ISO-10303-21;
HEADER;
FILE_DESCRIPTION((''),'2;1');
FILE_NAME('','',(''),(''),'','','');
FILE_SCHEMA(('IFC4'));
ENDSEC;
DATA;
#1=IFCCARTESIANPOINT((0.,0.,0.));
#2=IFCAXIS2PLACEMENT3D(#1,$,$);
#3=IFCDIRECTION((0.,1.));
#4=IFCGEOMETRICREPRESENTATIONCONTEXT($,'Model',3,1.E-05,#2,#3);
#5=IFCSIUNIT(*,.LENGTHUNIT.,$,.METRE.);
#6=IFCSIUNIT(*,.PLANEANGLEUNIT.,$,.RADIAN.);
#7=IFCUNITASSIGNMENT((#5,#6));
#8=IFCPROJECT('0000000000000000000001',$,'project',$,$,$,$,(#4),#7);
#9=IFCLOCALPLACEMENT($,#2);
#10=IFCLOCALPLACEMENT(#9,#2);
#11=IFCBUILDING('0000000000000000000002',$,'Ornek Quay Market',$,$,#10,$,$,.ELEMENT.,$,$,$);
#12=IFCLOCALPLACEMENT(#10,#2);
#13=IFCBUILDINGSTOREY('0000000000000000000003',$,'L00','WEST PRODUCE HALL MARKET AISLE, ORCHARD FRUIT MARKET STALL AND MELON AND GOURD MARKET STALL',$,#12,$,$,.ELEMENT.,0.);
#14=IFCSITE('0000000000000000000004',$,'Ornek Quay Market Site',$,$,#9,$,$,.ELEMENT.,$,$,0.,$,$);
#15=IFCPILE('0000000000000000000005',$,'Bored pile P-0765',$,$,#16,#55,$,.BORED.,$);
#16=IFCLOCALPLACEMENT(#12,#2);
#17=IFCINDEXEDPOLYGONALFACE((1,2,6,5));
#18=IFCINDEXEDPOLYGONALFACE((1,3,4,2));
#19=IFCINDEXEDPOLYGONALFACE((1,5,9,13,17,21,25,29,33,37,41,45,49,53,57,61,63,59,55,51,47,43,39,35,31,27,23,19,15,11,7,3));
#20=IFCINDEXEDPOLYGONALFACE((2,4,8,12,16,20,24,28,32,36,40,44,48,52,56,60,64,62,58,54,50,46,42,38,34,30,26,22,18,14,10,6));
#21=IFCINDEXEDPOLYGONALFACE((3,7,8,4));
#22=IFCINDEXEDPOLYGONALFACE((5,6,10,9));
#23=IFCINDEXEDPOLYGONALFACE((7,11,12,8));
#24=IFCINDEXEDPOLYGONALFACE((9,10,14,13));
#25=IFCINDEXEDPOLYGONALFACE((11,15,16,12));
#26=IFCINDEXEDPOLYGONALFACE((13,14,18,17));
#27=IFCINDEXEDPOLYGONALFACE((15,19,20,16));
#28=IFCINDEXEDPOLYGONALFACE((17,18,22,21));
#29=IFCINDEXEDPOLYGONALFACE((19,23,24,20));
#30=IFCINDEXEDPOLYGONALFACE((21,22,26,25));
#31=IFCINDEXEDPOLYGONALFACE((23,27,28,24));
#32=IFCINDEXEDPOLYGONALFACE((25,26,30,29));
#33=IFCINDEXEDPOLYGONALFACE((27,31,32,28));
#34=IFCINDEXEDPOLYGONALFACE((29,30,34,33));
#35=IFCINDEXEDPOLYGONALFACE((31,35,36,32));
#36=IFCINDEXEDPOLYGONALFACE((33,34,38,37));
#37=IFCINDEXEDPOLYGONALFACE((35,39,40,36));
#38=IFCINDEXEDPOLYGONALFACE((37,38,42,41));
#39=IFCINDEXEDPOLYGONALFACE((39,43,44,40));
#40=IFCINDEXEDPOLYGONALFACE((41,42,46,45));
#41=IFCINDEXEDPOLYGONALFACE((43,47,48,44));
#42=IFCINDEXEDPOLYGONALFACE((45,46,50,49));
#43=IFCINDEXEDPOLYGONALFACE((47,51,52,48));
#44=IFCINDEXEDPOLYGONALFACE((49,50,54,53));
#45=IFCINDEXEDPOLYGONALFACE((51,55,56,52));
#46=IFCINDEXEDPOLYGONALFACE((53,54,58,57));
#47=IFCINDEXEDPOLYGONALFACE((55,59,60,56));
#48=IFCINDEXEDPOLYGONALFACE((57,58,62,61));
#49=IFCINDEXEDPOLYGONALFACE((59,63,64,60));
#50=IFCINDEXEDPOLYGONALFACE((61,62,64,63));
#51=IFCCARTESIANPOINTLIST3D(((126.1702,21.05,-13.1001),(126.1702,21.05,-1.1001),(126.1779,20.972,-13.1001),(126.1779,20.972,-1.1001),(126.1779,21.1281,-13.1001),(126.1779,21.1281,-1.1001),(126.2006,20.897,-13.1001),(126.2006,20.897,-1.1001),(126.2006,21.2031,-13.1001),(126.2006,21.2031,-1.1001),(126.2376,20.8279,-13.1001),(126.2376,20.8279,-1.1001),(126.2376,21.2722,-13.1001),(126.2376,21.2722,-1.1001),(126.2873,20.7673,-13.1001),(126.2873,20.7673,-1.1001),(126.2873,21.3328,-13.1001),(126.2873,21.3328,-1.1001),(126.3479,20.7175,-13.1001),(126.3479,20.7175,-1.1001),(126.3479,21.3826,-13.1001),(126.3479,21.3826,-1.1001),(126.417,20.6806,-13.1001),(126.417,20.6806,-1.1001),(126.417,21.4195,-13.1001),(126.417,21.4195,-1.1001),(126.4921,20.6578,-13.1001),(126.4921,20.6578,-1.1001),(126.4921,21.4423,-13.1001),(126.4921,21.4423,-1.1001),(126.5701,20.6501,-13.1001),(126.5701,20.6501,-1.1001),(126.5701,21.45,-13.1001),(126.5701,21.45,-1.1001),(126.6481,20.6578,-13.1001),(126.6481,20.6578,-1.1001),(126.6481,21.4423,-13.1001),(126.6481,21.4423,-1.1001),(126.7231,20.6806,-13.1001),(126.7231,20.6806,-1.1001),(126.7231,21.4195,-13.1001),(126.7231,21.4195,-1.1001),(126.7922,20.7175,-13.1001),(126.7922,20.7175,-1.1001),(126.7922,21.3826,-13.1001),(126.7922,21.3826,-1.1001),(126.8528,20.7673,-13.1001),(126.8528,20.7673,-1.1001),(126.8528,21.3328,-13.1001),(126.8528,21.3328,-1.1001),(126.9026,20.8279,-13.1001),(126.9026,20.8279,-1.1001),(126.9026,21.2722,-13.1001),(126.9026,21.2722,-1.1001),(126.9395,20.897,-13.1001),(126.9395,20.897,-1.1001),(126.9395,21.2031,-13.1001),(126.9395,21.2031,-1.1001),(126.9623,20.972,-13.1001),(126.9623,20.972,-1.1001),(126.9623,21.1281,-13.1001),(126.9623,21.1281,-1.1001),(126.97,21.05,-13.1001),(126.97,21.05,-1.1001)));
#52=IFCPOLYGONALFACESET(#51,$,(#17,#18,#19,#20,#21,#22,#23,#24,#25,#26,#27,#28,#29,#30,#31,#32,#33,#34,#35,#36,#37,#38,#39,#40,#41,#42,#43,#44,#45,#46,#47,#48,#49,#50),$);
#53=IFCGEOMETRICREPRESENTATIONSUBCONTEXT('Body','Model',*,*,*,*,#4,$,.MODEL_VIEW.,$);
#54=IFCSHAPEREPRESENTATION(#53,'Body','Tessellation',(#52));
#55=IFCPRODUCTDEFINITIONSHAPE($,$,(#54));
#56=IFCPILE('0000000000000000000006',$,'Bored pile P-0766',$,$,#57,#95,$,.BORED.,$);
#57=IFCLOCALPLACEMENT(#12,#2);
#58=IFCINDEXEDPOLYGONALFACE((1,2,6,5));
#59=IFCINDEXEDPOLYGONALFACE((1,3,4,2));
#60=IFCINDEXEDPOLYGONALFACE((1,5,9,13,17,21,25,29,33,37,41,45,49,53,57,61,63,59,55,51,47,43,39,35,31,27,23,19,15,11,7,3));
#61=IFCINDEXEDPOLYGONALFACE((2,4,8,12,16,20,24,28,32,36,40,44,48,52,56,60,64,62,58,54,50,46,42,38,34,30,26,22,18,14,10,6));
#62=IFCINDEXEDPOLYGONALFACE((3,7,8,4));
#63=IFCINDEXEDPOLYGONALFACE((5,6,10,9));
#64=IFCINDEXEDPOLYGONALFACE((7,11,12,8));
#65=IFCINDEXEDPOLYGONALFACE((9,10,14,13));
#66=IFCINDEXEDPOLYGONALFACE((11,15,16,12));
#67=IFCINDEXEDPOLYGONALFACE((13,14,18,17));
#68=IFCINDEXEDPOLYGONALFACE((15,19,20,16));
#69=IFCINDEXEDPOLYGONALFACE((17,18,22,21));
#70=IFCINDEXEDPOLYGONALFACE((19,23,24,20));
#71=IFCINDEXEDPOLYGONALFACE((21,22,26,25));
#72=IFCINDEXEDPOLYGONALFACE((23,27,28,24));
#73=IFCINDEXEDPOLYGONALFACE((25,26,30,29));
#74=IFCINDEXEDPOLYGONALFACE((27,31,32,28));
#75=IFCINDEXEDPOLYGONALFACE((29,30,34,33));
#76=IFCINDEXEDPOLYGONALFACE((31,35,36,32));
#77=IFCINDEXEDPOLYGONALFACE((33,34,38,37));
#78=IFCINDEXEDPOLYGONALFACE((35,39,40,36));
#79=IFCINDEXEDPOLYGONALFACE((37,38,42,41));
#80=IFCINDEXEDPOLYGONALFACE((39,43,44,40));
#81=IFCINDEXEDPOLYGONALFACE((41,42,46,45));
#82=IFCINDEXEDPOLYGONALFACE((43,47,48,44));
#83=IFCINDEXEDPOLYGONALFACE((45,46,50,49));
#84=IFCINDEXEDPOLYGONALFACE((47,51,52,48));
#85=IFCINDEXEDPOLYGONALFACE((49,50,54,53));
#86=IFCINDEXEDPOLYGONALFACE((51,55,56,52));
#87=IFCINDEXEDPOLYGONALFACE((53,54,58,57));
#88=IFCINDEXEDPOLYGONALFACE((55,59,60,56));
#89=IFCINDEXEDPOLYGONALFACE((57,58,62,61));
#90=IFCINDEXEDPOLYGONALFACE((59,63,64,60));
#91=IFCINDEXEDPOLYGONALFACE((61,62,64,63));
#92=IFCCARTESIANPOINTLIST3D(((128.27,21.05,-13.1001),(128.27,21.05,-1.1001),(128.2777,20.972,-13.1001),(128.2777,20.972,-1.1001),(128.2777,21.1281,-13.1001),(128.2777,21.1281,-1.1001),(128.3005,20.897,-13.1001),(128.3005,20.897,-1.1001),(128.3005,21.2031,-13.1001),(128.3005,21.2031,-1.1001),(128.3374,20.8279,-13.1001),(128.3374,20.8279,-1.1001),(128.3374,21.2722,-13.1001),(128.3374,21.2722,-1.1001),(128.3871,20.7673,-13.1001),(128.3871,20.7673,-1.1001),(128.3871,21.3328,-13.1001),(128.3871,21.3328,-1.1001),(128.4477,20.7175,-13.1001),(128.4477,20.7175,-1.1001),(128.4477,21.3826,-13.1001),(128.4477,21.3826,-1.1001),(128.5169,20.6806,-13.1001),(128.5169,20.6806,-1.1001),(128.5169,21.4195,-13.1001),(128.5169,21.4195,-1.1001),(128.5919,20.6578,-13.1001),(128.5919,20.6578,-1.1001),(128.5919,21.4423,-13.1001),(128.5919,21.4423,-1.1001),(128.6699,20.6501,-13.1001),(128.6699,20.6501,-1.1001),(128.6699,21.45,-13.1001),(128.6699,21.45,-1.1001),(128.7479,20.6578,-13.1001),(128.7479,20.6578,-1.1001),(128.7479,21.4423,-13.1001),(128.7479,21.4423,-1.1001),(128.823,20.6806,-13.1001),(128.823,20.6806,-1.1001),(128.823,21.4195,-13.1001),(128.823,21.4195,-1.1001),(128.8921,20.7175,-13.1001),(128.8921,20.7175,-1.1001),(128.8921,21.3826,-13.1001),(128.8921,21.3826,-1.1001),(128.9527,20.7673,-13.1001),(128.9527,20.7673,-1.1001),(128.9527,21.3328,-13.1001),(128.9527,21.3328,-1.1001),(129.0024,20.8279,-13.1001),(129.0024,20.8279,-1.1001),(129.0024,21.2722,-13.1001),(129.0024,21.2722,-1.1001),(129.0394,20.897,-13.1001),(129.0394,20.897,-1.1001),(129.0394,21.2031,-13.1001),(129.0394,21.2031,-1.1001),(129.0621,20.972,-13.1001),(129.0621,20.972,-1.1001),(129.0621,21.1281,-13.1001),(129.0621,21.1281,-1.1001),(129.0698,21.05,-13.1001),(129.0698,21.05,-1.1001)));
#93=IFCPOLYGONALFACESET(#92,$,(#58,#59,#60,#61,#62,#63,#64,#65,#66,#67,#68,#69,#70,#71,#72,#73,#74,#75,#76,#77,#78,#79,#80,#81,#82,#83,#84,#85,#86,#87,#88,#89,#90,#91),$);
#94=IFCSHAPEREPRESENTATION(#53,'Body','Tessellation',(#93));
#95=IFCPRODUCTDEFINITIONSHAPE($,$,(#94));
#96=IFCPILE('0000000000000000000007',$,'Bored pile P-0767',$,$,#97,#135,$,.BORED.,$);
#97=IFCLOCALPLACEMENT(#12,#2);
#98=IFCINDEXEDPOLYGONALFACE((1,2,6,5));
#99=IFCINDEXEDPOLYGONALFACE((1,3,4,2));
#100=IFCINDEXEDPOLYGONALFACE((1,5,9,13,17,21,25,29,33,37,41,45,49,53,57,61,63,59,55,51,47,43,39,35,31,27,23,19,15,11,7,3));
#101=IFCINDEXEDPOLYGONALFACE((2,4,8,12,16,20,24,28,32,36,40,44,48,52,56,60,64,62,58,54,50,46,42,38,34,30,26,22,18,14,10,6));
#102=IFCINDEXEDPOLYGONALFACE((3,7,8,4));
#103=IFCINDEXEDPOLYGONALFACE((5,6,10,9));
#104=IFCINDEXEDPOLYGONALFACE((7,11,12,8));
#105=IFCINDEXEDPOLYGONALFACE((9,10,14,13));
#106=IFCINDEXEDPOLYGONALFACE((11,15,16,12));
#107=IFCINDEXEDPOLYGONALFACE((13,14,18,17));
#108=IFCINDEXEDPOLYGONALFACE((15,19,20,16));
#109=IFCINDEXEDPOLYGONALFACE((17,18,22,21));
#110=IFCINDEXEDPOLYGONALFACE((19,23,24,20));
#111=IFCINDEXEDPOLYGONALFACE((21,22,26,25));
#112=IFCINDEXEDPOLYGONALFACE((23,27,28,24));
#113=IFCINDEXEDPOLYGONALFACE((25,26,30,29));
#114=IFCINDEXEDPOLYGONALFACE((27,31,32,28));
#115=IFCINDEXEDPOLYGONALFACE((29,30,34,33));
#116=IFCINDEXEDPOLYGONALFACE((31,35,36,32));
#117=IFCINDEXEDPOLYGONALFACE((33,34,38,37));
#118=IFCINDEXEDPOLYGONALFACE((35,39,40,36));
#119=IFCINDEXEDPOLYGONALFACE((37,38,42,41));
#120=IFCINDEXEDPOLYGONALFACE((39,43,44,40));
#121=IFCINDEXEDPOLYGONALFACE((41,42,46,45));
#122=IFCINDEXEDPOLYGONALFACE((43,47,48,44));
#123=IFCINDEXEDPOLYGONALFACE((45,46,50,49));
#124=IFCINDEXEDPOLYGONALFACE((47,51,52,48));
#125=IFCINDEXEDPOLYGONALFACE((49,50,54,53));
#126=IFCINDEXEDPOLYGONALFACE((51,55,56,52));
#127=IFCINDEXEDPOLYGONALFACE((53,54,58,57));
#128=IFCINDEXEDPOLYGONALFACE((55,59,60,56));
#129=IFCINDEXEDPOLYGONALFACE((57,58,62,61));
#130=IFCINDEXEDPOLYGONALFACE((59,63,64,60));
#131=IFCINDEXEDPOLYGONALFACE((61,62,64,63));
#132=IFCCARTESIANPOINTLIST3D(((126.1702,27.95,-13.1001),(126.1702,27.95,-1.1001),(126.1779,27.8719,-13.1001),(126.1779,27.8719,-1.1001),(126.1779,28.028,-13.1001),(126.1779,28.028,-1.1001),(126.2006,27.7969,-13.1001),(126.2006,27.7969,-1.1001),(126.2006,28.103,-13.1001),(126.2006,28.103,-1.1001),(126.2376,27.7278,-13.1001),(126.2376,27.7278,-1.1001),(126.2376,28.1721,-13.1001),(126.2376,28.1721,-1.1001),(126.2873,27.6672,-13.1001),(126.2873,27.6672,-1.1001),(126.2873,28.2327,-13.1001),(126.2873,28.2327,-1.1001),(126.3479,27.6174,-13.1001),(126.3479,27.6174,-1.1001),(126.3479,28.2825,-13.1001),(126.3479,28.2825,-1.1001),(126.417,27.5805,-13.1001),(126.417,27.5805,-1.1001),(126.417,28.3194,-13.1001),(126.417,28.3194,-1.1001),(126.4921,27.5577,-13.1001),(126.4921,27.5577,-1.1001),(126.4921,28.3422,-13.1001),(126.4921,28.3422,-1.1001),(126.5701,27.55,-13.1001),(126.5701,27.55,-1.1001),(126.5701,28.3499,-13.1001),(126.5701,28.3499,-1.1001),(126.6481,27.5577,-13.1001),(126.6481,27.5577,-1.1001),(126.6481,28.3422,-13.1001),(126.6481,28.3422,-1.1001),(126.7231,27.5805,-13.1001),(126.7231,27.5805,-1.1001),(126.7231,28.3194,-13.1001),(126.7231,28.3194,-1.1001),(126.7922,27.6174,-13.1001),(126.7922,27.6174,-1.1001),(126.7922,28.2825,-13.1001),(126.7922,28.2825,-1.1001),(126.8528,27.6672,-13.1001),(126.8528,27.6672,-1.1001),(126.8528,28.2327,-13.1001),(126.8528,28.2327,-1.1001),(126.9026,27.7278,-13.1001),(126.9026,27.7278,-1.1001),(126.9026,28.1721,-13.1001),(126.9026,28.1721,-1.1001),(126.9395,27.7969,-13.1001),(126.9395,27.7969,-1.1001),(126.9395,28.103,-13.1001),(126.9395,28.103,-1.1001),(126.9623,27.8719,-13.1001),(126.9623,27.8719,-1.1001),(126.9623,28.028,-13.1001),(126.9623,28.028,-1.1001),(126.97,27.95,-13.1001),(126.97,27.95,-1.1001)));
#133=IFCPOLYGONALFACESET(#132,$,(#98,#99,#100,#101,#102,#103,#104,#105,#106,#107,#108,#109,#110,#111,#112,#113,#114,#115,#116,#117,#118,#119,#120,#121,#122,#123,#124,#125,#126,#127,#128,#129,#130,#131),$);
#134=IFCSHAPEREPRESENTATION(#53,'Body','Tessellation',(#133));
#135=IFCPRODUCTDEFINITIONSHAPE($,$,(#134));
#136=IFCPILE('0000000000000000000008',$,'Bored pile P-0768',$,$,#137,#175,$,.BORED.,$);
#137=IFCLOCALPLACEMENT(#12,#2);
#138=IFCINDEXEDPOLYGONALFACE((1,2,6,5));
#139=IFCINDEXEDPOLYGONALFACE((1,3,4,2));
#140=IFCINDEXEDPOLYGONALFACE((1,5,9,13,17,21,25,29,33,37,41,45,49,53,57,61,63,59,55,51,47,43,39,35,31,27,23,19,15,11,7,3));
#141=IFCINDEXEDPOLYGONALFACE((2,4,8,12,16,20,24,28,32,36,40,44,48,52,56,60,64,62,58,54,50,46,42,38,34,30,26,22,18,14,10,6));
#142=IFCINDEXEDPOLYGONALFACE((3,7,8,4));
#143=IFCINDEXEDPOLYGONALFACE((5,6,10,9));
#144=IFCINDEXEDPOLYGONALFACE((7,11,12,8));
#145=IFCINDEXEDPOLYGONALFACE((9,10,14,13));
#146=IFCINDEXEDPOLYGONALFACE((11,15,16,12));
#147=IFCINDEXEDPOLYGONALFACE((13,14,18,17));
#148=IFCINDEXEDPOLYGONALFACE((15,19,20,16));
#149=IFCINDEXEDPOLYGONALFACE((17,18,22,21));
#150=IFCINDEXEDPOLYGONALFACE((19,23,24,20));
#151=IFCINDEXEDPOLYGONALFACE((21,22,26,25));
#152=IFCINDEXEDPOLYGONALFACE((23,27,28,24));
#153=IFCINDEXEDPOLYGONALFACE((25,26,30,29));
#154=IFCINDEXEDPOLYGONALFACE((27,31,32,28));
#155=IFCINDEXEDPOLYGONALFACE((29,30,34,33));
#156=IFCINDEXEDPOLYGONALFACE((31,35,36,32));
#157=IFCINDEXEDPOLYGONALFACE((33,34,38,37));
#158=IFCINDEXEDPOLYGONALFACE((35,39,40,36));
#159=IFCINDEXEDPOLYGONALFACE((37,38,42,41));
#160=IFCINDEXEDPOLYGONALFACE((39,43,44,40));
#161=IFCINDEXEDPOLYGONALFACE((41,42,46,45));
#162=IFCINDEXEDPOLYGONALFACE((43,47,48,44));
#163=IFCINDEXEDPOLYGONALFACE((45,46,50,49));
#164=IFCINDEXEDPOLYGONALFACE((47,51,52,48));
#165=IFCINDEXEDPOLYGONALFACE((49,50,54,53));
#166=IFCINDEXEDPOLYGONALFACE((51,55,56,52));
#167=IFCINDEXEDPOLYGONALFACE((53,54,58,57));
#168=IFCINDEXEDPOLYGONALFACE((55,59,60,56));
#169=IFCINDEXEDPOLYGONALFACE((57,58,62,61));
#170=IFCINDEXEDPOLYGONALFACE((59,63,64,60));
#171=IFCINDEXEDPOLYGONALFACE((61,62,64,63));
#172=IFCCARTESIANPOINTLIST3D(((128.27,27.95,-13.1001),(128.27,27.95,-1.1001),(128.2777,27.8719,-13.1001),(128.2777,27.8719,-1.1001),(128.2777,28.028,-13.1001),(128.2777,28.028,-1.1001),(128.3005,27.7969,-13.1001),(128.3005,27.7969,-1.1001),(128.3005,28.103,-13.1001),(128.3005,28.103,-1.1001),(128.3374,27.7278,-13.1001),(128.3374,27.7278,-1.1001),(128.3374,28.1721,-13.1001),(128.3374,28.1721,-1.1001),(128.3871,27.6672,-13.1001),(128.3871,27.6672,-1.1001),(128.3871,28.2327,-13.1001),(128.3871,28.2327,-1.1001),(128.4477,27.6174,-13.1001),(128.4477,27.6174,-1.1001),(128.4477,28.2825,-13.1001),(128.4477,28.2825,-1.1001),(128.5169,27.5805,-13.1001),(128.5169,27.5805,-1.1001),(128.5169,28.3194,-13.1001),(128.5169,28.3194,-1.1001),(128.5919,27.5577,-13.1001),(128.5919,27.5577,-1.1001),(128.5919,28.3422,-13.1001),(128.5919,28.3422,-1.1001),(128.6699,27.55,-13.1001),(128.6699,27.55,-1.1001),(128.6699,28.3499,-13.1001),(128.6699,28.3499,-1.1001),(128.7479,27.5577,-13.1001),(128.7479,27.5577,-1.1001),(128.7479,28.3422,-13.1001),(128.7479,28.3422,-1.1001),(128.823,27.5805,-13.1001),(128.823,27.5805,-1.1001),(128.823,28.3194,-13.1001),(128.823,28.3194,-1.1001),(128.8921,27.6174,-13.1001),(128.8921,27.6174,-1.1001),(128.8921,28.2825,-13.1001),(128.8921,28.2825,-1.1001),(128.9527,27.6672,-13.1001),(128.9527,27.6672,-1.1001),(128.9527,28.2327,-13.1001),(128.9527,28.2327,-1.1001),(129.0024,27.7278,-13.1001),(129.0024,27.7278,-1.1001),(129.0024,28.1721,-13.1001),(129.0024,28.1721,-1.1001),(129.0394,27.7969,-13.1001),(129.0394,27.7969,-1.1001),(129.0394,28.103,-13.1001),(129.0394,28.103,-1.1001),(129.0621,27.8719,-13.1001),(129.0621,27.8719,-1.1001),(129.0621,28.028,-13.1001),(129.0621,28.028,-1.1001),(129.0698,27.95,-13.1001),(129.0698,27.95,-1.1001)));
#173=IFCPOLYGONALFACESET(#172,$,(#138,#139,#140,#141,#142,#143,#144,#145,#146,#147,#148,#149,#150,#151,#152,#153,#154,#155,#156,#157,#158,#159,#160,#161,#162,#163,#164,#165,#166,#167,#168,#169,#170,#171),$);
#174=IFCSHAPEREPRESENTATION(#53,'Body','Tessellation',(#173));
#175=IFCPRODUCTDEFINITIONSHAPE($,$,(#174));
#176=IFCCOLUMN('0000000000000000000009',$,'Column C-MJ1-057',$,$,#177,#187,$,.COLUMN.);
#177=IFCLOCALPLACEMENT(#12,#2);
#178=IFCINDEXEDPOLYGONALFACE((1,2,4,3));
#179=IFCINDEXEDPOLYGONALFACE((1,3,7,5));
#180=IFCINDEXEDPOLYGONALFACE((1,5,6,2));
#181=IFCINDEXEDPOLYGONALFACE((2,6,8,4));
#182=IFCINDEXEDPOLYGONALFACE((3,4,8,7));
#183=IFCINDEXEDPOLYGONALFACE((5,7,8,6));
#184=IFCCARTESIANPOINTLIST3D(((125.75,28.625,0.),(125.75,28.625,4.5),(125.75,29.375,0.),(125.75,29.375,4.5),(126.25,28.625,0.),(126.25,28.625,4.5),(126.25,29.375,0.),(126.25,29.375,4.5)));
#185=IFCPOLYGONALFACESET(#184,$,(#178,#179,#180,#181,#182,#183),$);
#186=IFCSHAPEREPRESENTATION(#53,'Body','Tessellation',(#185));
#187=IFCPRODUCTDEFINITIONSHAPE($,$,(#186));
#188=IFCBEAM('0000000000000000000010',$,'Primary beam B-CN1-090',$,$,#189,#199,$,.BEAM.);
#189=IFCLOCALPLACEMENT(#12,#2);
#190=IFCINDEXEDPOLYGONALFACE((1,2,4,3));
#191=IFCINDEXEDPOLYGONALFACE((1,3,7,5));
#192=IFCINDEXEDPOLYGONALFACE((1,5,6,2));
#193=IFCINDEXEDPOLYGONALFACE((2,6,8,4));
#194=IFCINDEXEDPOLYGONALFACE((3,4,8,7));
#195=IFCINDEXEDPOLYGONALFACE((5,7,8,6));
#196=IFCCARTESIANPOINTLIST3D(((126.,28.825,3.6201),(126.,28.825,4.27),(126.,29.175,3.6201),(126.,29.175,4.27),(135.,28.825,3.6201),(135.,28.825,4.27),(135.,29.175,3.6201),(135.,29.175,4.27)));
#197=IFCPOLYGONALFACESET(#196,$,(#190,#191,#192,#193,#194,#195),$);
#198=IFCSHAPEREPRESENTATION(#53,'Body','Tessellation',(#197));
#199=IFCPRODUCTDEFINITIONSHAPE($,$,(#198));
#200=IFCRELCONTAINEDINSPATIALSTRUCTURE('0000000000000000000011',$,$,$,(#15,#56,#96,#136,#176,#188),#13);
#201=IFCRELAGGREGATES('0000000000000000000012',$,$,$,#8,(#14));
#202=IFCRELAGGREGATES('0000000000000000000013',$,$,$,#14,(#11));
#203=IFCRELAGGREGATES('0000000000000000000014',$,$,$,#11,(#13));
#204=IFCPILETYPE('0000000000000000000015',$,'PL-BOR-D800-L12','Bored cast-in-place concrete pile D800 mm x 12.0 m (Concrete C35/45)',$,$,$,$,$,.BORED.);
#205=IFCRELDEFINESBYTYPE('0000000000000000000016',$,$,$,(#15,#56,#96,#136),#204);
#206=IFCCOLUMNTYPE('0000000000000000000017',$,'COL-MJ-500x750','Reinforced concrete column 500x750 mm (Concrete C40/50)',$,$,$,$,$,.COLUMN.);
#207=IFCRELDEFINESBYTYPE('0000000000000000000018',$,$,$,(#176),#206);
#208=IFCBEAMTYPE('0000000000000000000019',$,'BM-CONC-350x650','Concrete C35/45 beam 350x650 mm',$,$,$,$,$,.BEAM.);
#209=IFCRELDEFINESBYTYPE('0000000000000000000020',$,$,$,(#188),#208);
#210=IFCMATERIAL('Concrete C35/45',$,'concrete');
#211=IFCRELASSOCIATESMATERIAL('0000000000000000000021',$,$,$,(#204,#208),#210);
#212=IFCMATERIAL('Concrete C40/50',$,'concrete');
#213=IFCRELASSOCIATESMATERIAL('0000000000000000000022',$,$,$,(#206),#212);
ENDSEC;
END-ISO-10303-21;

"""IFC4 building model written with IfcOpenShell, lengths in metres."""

from ifc_helpers import new_model, si_unit, direction, frame, origin, origin_2d, place, context, subcontext, project, spatial, rectangle, circle, extrude, material, material_profile, profile_set, type_object, element, save


model = new_model("IFC4")

# Units and contexts
model_context = context("Model", 3, precision=1e-05, world=origin(), true_north=direction((0.0, 1.0)))
body_context = subcontext(model_context, "Body", "Model", "MODEL_VIEW")
ifc_project = project(units=[si_unit("LENGTHUNIT", "METRE"), si_unit("PLANEANGLEUNIT", "RADIAN")], contexts=[model_context])

# Site, building, storey
site_placement = place(None, origin())
site = spatial("IfcSite", under=ifc_project, at=site_placement, Name="Ornek Quay Market Site", CompositionType="ELEMENT", RefElevation=0.0)
building_placement = place(site_placement, origin())
building = spatial("IfcBuilding", under=site, at=building_placement, Name="Ornek Quay Market", CompositionType="ELEMENT")
storey_placement = place(building_placement, origin())
storey = spatial("IfcBuildingStorey", under=building, at=storey_placement, Name="L00", Description="WEST PRODUCE HALL MARKET AISLE, ORCHARD FRUIT MARKET STALL AND MELON AND GOURD MARKET STALL", CompositionType="ELEMENT", Elevation=0.0)

# Piles
ifc_material_1 = material(Name="Concrete C35/45", Category="concrete")
ifc_material_profile_1 = material_profile(ifc_material_1, circle(Radius=0.3999, at=origin_2d()), Name="PILE D800", Category="concrete")
ifc_profile_set_1 = profile_set([ifc_material_profile_1], Name="Concrete C35/45")
pile_type = type_object("IfcPileType", Name="PL-BOR-D800-L12", Description="Bored cast-in-place concrete pile D800 mm x 12.0 m (Concrete C35/45)", PredefinedType="BORED", material=ifc_profile_set_1)
for number, where, z_axis, x_axis, name in (
    (1, (126.5701, 21.05, -1.1001), (0.0, 0.0, -1.0), (1.0, 0.0, 0.0), "Bored pile P-0765"),
    (2, (128.6699, 21.05, -1.1001), (0.0, 0.0, -1.0), (1.0, 0.0, 0.0), "Bored pile P-0766"),
    (3, (126.5701, 27.95, -1.1001), (0.0, 0.0, -1.0), (1.0, 0.0, 0.0), "Bored pile P-0767"),
    (4, (128.6699, 27.95, -1.1001), (0.0, 0.0, -1.0), (1.0, 0.0, 0.0), "Bored pile P-0768"),
):
    element("IfcPile", number, at=place(storey_placement, frame(where, z_axis=z_axis, x_axis=x_axis)), inside=storey, type_object=pile_type, Name=name, PredefinedType="BORED", context=body_context, shape_type="SweptSolid", body=[
        extrude(circle(Radius=0.3999, at=origin_2d()), origin(), (0.0, 0.0, 1.0), 12.0),
    ])

# Column
ifc_material_2 = material(Name="Concrete C40/50", Category="concrete")
ifc_material_profile_2 = material_profile(ifc_material_2, rectangle(XDim=0.5, YDim=0.75, at=origin_2d()), Name="RC 500x750", Category="concrete")
ifc_profile_set_2 = profile_set([ifc_material_profile_2], Name="Concrete C40/50")
column_type = type_object("IfcColumnType", Name="COL-MJ-500x750", Description="Reinforced concrete column 500x750 mm (Concrete C40/50)", PredefinedType="COLUMN", material=ifc_profile_set_2)
column_placement = place(storey_placement, frame((126.0, 29.0, 0.0), z_axis=(0.0, 0.0, 1.0), x_axis=(1.0, 0.0, 0.0)))
element("IfcColumn", 5, at=column_placement, inside=storey, type_object=column_type, Name="Column C-MJ1-057", PredefinedType="COLUMN", context=body_context, shape_type="SweptSolid", body=[
    extrude(rectangle(XDim=0.5, YDim=0.75, at=origin_2d()), origin(), (0.0, 0.0, 1.0), 4.5),
])

# Beam
ifc_material_profile_3 = material_profile(ifc_material_1, rectangle(XDim=0.3501, YDim=0.6499, at=origin_2d()), Name="RC 350x650", Category="concrete")
ifc_profile_set_3 = profile_set([ifc_material_profile_3], Name="Concrete C35/45")
beam_type_1 = type_object("IfcBeamType", Name="BM-CONC-350x650", Description="Concrete C35/45 beam 350x650 mm", PredefinedType="BEAM", material=ifc_profile_set_3)
beam_1_placement = place(storey_placement, frame((126.0, 29.0, 3.9451), z_axis=(1.0, 0.0, 0.0), x_axis=(0.0, 1.0, 0.0)))
element("IfcBeam", 6, at=beam_1_placement, inside=storey, type_object=beam_type_1, Name="Primary beam B-CN1-090", PredefinedType="BEAM", context=body_context, shape_type="SweptSolid", body=[
    extrude(rectangle(XDim=0.3501, YDim=0.6499, at=origin_2d()), origin(), (0.0, 0.0, 1.0), 9.0),
])

save(model, "model.ifc")
